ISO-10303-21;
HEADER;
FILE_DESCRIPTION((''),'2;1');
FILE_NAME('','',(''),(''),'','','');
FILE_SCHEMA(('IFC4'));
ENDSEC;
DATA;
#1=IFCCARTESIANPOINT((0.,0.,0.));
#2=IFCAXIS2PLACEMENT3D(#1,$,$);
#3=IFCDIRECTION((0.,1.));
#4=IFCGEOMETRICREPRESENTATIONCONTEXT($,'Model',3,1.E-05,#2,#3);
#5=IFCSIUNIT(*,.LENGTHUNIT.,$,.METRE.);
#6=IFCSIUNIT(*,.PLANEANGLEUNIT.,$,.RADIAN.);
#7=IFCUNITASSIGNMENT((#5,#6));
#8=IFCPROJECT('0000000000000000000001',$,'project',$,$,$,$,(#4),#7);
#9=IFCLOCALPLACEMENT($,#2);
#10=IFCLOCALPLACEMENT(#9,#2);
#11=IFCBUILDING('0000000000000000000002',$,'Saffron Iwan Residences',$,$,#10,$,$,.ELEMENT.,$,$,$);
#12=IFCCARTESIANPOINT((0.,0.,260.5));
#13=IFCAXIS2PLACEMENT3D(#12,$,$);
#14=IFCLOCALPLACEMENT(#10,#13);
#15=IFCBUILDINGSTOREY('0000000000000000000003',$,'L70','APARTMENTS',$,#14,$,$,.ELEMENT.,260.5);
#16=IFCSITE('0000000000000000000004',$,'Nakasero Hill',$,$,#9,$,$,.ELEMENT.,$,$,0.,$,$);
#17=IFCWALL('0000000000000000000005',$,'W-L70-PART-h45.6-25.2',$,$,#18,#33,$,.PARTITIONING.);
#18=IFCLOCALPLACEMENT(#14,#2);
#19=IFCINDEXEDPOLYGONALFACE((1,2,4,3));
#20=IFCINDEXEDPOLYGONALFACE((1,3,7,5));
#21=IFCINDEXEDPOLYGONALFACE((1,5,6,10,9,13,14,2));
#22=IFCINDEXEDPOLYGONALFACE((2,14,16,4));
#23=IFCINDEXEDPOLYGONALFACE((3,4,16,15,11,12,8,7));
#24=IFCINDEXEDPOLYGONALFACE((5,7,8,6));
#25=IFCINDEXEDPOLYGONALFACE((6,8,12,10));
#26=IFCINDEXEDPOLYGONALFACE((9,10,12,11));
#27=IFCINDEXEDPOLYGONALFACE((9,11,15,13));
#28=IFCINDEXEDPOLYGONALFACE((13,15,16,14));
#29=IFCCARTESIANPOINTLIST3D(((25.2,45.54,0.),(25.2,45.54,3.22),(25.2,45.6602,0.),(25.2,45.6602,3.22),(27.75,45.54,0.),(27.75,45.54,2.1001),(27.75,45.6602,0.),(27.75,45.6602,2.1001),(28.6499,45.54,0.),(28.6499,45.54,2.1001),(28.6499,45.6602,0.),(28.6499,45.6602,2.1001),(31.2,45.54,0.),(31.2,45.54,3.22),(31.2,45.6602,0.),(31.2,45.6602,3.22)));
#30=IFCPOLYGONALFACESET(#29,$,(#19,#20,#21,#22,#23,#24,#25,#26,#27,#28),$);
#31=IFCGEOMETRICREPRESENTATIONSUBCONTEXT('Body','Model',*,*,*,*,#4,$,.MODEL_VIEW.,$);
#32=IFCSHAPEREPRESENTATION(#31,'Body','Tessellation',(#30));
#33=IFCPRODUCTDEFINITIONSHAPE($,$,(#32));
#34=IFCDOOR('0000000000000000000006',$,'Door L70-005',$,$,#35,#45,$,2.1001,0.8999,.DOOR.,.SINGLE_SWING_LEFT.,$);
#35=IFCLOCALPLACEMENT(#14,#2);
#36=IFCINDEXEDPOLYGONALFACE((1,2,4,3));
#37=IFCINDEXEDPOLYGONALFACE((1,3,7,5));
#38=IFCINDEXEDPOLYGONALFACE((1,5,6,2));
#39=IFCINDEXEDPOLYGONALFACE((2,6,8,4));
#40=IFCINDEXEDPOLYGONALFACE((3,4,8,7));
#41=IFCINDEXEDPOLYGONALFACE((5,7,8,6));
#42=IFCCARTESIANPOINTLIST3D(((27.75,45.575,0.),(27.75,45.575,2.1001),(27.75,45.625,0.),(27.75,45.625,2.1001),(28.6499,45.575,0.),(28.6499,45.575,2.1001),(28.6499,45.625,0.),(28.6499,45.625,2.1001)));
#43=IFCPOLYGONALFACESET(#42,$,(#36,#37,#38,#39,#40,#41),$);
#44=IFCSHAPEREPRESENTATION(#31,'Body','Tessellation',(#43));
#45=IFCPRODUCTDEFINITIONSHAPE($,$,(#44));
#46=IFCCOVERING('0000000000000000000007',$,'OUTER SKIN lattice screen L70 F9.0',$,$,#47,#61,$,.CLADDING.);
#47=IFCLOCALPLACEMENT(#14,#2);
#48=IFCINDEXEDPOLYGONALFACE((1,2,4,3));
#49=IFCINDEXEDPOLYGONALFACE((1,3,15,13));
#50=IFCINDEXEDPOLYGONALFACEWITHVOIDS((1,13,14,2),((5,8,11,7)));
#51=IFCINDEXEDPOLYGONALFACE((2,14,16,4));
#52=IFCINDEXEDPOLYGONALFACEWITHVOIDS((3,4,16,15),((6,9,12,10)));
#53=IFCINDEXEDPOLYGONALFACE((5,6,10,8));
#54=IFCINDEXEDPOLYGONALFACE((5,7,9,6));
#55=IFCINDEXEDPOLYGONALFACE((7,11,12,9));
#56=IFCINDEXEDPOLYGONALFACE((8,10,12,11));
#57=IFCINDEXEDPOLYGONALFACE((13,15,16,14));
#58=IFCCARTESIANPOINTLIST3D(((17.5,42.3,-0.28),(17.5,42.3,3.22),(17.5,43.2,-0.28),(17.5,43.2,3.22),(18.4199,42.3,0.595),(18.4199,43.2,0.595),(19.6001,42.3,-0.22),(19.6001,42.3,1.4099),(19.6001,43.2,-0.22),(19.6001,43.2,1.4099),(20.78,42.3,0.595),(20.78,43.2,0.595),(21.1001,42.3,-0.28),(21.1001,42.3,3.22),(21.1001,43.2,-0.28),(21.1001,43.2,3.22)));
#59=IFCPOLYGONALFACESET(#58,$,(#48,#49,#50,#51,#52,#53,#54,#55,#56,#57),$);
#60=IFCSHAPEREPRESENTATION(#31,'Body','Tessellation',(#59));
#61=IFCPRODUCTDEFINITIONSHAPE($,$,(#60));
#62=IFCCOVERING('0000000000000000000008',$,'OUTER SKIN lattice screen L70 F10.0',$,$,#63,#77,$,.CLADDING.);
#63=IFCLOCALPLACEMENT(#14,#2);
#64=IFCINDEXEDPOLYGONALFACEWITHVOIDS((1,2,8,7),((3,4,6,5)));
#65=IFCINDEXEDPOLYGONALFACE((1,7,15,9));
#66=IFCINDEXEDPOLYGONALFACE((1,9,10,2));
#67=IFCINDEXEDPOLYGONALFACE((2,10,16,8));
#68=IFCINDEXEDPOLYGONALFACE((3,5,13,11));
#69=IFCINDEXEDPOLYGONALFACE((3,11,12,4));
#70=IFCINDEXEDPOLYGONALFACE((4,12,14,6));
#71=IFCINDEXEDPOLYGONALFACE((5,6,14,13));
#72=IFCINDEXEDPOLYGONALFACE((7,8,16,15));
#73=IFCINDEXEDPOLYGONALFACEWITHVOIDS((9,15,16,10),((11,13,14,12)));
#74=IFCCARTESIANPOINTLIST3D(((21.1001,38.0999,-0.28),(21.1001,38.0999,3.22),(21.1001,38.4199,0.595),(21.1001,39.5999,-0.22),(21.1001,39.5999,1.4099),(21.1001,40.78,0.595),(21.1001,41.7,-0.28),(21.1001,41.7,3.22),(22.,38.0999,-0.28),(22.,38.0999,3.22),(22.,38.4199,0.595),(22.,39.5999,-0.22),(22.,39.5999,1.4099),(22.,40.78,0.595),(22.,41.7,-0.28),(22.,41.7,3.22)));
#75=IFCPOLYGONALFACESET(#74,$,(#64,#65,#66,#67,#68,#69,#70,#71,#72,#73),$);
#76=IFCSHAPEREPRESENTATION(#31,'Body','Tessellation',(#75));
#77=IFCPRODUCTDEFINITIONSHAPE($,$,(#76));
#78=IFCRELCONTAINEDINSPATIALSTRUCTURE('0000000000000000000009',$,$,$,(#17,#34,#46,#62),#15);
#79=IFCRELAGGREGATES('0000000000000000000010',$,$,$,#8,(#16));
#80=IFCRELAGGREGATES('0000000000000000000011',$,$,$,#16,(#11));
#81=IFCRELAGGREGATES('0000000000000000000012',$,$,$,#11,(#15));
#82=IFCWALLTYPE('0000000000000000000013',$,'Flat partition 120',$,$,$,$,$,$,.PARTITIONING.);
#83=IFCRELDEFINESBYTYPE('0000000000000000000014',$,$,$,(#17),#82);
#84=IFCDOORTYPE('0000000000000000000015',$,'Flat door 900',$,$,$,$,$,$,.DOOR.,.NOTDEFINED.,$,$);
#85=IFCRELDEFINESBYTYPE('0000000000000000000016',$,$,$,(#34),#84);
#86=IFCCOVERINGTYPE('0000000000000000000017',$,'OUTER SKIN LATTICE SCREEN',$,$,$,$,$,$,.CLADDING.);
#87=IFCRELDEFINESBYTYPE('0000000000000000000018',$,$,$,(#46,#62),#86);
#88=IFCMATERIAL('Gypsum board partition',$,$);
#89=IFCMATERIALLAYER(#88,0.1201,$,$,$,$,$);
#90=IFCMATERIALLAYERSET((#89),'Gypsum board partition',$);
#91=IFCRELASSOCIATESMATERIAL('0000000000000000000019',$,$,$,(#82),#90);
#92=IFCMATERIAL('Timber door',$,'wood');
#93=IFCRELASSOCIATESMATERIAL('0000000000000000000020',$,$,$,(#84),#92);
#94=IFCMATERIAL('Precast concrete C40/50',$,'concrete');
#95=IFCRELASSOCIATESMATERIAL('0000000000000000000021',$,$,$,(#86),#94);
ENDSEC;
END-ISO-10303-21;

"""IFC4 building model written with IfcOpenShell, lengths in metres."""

from ifc_helpers import new_model, si_unit, direction, frame, frame_2d, origin, place, context, subcontext, project, spatial, polyline, rectangle, outline, extrude, material, layer, layer_set, type_object, element, fill, save


model = new_model("IFC4")

# Units and contexts
model_context = context("Model", 3, precision=1e-05, world=origin(), true_north=direction((0.0, 1.0)))
body_context = subcontext(model_context, "Body", "Model", "MODEL_VIEW")
ifc_project = project(units=[si_unit("LENGTHUNIT", "METRE"), si_unit("PLANEANGLEUNIT", "RADIAN")], contexts=[model_context])

# Site, building, storey
site_placement = place(None, origin())
site = spatial("IfcSite", under=ifc_project, at=site_placement, Name="Nakasero Hill", CompositionType="ELEMENT", RefElevation=0.0)
building_placement = place(site_placement, origin())
building = spatial("IfcBuilding", under=site, at=building_placement, Name="Saffron Iwan Residences", CompositionType="ELEMENT")
storey_placement = place(building_placement, frame((0.0, 0.0, 260.5)))
storey = spatial("IfcBuildingStorey", under=building, at=storey_placement, Name="L70", Description="APARTMENTS", CompositionType="ELEMENT", Elevation=260.5)

# Shared definitions
ifc_material_1 = material(Name="Gypsum board partition")
ifc_layer_1 = layer(ifc_material_1, 0.1201)
ifc_layer_set_1 = layer_set([ifc_layer_1], Name="Gypsum board partition")
wall_type_1 = type_object("IfcWallType", Name="Flat partition 120", PredefinedType="PARTITIONING", material=ifc_layer_set_1)
ifc_material_2 = material(Name="Timber door", Category="wood")
door_type = type_object("IfcDoorType", Name="Flat door 900", OperationType="NOTDEFINED", PredefinedType="DOOR", material=ifc_material_2)

# Wall, opening, door
wall_1_placement = place(storey_placement, frame((25.2, 45.6001, 0.0), z_axis=(0.0, 0.0, 1.0), x_axis=(1.0, 0.0, 0.0)))
wall_1 = element("IfcWall", 1, at=wall_1_placement, inside=storey, type_object=wall_type_1, Name="W-L70-PART-h45.6-25.2", PredefinedType="PARTITIONING", context=body_context, shape_type="SweptSolid", body=[
    extrude(rectangle(XDim=6.0, YDim=0.1201, at=frame_2d((3.0, 0.0))), origin(), (0.0, 0.0, 1.0), 3.22),
])
opening_1_placement = place(wall_1_placement, frame((2.55, 0.0, 0.0)))
opening_1 = element("IfcOpeningElement", 2, at=opening_1_placement, cuts=wall_1, PredefinedType="OPENING", context=body_context, shape_type="SweptSolid", body=[
    extrude(rectangle(XDim=0.8999, YDim=2.1001, at=frame_2d((0.45, 1.05))), frame((0.0, 0.0701, 0.0), z_axis=(0.0, -1.0, 0.0), x_axis=(1.0, 0.0, 0.0)), (0.0, 0.0, 1.0), 0.1401),
])
door_1_placement = place(opening_1_placement, origin())
door_1 = element("IfcDoor", 3, at=door_1_placement, inside=storey, type_object=door_type, Name="Door L70-005", OperationType="SINGLE_SWING_LEFT", OverallHeight=2.1001, OverallWidth=0.8999, PredefinedType="DOOR", context=body_context, shape_type="SweptSolid", body=[
    extrude(rectangle(XDim=0.8999, YDim=2.1001, at=frame_2d((0.45, 1.05))), frame((0.0, 0.0249, 0.0), z_axis=(0.0, -1.0, 0.0), x_axis=(1.0, 0.0, 0.0)), (0.0, 0.0, 1.0), 0.05),
])
fill(opening_1, door_1)

# Coverings
ifc_material_3 = material(Name="Precast concrete C40/50", Category="concrete")
covering_type = type_object("IfcCoveringType", Name="OUTER SKIN LATTICE SCREEN", PredefinedType="CLADDING", material=ifc_material_3)
for number, where, z_axis, x_axis, name in (
    (4, (17.5, 43.2, -0.28), (0.0, -1.0, 0.0), (1.0, 0.0, 0.0), "OUTER SKIN lattice screen L70 F9.0"),
    (5, (22.0, 41.7, -0.28), (-1.0, 0.0, 0.0), (0.0, -1.0, 0.0), "OUTER SKIN lattice screen L70 F10.0"),
):
    element("IfcCovering", number, at=place(storey_placement, frame(where, z_axis=z_axis, x_axis=x_axis)), inside=storey, type_object=covering_type, Name=name, PredefinedType="CLADDING", context=body_context, shape_type="SweptSolid", body=[
        extrude(outline(polyline([(0.0, 0.0), (3.6001, 0.0), (3.6001, 3.5), (0.0, 3.5), (0.0, 0.0)]), holes=[polyline([(0.9199, 0.875), (2.1001, 0.0601), (3.28, 0.875), (2.1001, 1.6899), (0.9199, 0.875)])]), origin(), (0.0, 0.0, 1.0), 0.8999),
    ])

save(model, "model.ifc")
